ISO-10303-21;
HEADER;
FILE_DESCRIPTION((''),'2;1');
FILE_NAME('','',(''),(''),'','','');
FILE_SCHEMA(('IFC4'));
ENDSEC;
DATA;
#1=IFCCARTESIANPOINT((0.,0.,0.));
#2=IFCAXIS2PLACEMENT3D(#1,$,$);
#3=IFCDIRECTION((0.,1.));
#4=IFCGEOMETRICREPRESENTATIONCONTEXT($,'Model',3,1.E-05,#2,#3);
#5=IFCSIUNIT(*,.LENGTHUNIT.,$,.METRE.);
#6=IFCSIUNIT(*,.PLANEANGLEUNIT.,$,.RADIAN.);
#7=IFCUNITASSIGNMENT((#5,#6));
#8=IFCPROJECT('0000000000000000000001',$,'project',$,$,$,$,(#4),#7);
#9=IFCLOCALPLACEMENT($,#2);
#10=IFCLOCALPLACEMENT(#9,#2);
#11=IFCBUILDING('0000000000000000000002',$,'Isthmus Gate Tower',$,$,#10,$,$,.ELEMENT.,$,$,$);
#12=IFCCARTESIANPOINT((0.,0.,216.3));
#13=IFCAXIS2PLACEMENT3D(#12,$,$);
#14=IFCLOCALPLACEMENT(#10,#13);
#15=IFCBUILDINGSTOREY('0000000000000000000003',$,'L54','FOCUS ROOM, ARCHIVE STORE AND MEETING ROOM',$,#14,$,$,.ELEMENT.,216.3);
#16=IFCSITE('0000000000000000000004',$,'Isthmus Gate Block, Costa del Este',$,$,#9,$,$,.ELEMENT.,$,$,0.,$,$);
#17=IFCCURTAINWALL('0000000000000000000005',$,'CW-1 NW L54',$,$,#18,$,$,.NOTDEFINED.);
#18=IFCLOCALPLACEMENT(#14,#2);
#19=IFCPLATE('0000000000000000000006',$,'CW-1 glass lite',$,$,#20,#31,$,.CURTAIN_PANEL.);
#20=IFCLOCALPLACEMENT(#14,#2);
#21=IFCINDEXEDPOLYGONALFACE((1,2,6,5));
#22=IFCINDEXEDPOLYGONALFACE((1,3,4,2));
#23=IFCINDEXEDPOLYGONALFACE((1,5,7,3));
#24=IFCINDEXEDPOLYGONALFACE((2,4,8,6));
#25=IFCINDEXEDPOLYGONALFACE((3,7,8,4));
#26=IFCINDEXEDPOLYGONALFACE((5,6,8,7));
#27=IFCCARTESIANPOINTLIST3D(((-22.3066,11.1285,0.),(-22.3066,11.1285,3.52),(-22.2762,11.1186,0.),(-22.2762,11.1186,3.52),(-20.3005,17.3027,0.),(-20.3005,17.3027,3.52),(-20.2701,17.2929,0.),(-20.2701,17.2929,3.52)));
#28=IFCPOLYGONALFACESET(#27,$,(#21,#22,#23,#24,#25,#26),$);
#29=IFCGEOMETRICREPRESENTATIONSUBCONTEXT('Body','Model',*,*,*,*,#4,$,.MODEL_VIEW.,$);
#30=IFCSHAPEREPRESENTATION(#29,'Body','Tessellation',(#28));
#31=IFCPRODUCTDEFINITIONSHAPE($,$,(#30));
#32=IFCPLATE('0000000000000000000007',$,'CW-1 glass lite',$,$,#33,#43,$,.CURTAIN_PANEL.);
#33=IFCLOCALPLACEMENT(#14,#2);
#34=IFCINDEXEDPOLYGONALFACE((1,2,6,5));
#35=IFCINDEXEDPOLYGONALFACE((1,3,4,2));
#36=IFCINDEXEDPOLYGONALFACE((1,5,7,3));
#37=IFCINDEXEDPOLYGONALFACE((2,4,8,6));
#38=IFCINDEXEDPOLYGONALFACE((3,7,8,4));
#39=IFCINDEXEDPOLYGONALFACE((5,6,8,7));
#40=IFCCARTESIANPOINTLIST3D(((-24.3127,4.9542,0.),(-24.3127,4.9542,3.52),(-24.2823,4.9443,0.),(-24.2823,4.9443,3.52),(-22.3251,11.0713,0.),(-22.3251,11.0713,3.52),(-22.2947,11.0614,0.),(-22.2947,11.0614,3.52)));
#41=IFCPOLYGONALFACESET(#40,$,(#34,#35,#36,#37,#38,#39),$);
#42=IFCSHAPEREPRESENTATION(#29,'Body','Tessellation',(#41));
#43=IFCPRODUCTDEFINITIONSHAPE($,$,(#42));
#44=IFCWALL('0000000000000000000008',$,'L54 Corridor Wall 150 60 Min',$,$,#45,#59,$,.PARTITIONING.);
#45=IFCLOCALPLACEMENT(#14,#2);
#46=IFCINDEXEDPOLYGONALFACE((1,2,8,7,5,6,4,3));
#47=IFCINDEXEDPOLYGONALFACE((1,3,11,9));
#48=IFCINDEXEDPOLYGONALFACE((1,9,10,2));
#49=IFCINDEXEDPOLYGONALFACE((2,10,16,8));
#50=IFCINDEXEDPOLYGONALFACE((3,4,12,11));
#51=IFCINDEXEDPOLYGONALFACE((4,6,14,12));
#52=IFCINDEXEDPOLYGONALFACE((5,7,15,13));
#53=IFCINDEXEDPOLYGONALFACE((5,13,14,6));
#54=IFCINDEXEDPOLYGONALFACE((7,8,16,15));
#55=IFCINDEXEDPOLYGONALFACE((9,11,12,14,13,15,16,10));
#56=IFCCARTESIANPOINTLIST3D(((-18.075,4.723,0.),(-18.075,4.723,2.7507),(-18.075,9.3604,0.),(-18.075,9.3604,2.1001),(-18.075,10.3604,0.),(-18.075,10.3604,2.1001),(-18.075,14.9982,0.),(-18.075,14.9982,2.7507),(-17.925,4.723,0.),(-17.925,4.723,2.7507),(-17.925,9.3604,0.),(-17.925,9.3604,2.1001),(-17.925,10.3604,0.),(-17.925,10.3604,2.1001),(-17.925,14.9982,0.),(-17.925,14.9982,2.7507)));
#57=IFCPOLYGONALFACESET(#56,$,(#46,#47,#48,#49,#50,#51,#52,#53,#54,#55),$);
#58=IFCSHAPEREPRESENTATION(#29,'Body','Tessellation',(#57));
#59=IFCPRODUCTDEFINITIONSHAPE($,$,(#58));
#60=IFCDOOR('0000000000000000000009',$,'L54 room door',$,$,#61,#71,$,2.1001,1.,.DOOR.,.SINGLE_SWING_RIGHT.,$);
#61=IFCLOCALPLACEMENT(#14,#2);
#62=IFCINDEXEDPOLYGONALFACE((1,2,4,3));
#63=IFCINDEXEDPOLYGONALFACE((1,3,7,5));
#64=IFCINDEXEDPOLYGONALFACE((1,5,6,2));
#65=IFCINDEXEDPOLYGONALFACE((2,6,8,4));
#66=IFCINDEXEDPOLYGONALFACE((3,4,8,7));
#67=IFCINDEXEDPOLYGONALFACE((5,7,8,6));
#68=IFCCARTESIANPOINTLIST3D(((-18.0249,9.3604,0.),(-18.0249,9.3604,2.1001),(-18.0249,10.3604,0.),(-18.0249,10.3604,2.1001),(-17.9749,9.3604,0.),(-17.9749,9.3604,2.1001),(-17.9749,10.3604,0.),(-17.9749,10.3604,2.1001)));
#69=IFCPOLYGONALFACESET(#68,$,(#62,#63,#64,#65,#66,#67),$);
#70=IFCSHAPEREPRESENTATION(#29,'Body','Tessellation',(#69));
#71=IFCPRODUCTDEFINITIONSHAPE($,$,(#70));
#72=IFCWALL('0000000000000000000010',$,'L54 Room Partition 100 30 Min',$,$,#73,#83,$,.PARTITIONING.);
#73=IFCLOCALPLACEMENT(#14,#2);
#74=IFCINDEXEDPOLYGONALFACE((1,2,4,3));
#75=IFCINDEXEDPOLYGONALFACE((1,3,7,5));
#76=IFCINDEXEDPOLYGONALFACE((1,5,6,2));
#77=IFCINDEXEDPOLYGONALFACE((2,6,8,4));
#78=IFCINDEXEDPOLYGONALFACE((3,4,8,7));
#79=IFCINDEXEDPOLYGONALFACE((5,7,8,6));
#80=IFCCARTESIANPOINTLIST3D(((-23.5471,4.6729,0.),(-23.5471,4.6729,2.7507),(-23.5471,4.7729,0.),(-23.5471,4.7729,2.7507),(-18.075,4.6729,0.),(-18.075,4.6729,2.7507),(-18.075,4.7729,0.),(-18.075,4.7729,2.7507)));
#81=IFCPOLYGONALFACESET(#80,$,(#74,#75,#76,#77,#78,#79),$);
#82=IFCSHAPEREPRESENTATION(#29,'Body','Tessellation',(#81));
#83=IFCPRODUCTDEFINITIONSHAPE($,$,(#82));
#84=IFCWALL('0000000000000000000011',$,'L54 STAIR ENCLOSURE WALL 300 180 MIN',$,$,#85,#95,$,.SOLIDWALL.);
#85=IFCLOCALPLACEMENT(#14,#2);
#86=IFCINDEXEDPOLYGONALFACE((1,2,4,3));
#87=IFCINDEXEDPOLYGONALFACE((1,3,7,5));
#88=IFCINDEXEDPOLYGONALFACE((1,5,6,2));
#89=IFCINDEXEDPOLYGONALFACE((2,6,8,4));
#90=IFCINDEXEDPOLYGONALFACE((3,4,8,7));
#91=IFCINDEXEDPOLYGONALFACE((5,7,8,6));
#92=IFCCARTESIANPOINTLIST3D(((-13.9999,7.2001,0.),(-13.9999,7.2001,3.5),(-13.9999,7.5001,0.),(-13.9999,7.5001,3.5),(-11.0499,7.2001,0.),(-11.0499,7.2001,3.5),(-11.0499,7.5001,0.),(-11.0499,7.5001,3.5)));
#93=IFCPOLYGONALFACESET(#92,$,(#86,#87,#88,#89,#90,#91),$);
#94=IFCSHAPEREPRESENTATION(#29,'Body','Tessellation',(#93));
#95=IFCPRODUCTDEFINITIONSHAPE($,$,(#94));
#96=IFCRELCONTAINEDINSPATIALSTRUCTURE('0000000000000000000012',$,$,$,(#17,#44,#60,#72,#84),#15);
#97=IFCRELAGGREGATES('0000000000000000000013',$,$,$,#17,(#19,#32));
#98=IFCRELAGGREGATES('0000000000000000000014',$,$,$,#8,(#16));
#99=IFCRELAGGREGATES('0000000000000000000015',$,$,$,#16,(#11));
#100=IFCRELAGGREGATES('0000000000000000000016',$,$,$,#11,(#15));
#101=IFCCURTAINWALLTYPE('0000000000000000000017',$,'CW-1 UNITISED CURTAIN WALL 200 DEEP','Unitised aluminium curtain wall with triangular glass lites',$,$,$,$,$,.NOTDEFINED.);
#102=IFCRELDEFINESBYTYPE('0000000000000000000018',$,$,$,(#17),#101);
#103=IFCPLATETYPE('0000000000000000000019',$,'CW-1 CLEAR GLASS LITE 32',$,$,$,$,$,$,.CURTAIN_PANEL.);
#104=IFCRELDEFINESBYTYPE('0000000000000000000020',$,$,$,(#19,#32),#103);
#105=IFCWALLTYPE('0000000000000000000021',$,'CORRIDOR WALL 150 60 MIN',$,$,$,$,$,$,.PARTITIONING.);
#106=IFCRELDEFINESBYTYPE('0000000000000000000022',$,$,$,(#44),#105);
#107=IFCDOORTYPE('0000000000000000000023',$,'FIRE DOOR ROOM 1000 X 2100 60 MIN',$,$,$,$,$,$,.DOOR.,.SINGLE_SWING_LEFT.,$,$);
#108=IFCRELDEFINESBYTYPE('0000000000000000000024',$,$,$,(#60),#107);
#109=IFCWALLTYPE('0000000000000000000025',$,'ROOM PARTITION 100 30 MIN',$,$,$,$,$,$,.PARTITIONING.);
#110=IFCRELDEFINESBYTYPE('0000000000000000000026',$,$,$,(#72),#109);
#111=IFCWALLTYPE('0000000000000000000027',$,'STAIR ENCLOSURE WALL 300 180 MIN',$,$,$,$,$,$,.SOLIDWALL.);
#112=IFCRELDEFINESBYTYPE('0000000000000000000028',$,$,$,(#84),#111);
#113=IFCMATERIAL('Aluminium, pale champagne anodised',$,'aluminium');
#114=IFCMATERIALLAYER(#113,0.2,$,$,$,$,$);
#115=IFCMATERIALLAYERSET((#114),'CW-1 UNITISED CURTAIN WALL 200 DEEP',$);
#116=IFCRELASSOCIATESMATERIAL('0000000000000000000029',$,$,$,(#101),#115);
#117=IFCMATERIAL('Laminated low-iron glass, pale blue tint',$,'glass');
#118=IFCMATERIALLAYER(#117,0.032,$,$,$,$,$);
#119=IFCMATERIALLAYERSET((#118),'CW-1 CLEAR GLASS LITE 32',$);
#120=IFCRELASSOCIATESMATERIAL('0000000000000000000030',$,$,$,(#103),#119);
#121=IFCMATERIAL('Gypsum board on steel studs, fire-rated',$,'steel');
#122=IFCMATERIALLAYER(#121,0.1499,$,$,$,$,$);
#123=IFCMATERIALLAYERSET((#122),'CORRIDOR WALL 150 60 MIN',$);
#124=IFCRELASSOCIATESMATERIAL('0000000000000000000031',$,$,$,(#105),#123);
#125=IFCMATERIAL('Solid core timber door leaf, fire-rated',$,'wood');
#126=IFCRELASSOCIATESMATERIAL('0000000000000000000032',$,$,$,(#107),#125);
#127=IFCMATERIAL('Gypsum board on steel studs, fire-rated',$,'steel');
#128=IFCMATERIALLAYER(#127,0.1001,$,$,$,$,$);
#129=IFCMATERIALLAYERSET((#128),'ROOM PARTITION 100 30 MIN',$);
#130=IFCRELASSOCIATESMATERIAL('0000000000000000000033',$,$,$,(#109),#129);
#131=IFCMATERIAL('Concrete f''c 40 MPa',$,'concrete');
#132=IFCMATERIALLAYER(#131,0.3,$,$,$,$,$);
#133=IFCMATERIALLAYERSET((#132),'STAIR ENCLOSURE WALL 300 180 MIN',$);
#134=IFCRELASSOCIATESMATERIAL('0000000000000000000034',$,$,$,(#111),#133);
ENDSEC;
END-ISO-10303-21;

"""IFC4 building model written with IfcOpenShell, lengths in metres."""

from ifc_helpers import new_model, si_unit, direction, frame, frame_2d, origin, origin_2d, place, context, subcontext, project, spatial, rectangle, extrude, material, layer, layer_set, type_object, element, fill, aggregate, save


model = new_model("IFC4")

# Units and contexts
model_context = context("Model", 3, precision=1e-05, world=origin(), true_north=direction((0.0, 1.0)))
body_context = subcontext(model_context, "Body", "Model", "MODEL_VIEW")
ifc_project = project(units=[si_unit("LENGTHUNIT", "METRE"), si_unit("PLANEANGLEUNIT", "RADIAN")], contexts=[model_context])

# Site, building, storey
site_placement = place(None, origin())
site = spatial("IfcSite", under=ifc_project, at=site_placement, Name="Isthmus Gate Block, Costa del Este", CompositionType="ELEMENT", RefElevation=0.0)
building_placement = place(site_placement, origin())
building = spatial("IfcBuilding", under=site, at=building_placement, Name="Isthmus Gate Tower", CompositionType="ELEMENT")
storey_placement = place(building_placement, frame((0.0, 0.0, 216.3)))
storey = spatial("IfcBuildingStorey", under=building, at=storey_placement, Name="L54", Description="FOCUS ROOM, ARCHIVE STORE AND MEETING ROOM", CompositionType="ELEMENT", Elevation=216.3)

# Curtain wall
ifc_material_1 = material(Name="Aluminium, pale champagne anodised", Category="aluminium")
ifc_layer_1 = layer(ifc_material_1, 0.2)
ifc_layer_set_1 = layer_set([ifc_layer_1], Name="CW-1 UNITISED CURTAIN WALL 200 DEEP")
curtain_wall_type = type_object("IfcCurtainWallType", Name="CW-1 UNITISED CURTAIN WALL 200 DEEP", Description="Unitised aluminium curtain wall with triangular glass lites", PredefinedType="NOTDEFINED", material=ifc_layer_set_1)
curtain_wall_placement = place(storey_placement, origin())
curtain_wall = element("IfcCurtainWall", 1, at=curtain_wall_placement, inside=storey, type_object=curtain_wall_type, Name="CW-1 NW L54", PredefinedType="NOTDEFINED")

# Plates
ifc_material_2 = material(Name="Laminated low-iron glass, pale blue tint", Category="glass")
ifc_layer_2 = layer(ifc_material_2, 0.032)
ifc_layer_set_2 = layer_set([ifc_layer_2], Name="CW-1 CLEAR GLASS LITE 32")
plate_type = type_object("IfcPlateType", Name="CW-1 CLEAR GLASS LITE 32", PredefinedType="CURTAIN_PANEL", material=ifc_layer_set_2)
plate_1_placement = place(storey_placement, frame((-21.2883, 14.2107, 0.0), z_axis=(0.0, 0.0, 1.0), x_axis=(-0.309017, -0.951057, 0.0)))
plate_1 = element("IfcPlate", 2, at=plate_1_placement, type_object=plate_type, Name="CW-1 glass lite", PredefinedType="CURTAIN_PANEL", context=body_context, shape_type="SweptSolid", body=[
    extrude(rectangle(XDim=6.4919, YDim=0.032, at=origin_2d()), origin(), (0.0, 0.0, 1.0), 3.52),
])
plate_2_placement = place(storey_placement, frame((-23.3037, 8.0078, 0.0), z_axis=(0.0, 0.0, 1.0), x_axis=(-0.309017, -0.951057, 0.0)))
plate_2 = element("IfcPlate", 3, at=plate_2_placement, type_object=plate_type, Name="CW-1 glass lite", PredefinedType="CURTAIN_PANEL", context=body_context, shape_type="SweptSolid", body=[
    extrude(rectangle(XDim=6.4319, YDim=0.032, at=origin_2d()), origin(), (0.0, 0.0, 1.0), 3.52),
])
aggregate(curtain_wall, [plate_1, plate_2])

# Wall, opening, door
ifc_material_3 = material(Name="Gypsum board on steel studs, fire-rated", Category="steel")
ifc_layer_3 = layer(ifc_material_3, 0.1499)
ifc_layer_set_3 = layer_set([ifc_layer_3], Name="CORRIDOR WALL 150 60 MIN")
wall_type_1 = type_object("IfcWallType", Name="CORRIDOR WALL 150 60 MIN", PredefinedType="PARTITIONING", material=ifc_layer_set_3)
wall_1_placement = place(storey_placement, frame((-18.0, 4.7229, 0.0), z_axis=(0.0, 0.0, 1.0), x_axis=(0.0, 1.0, 0.0)))
wall_1 = element("IfcWall", 4, at=wall_1_placement, inside=storey, type_object=wall_type_1, Name="L54 Corridor Wall 150 60 Min", PredefinedType="PARTITIONING", context=body_context, shape_type="SweptSolid", body=[
    extrude(rectangle(XDim=10.2751, YDim=0.1499, at=frame_2d((5.1377, 0.0))), origin(), (0.0, 0.0, 1.0), 2.7507),
])
opening_placement = place(wall_1_placement, frame((4.6375, 0.0, 0.0)))
opening = element("IfcOpeningElement", 5, at=opening_placement, cuts=wall_1, PredefinedType="OPENING", context=body_context, shape_type="SweptSolid", body=[
    extrude(rectangle(XDim=1.0, YDim=2.1001, at=frame_2d((0.5, 1.05))), frame((0.0, 0.085, 0.0), z_axis=(0.0, -1.0, 0.0), x_axis=(1.0, 0.0, 0.0)), (0.0, 0.0, 1.0), 0.1699),
])
ifc_material_4 = material(Name="Solid core timber door leaf, fire-rated", Category="wood")
door_type = type_object("IfcDoorType", Name="FIRE DOOR ROOM 1000 X 2100 60 MIN", OperationType="SINGLE_SWING_LEFT", PredefinedType="DOOR", material=ifc_material_4)
door_placement = place(opening_placement, origin())
door = element("IfcDoor", 6, at=door_placement, inside=storey, type_object=door_type, Name="L54 room door", OperationType="SINGLE_SWING_RIGHT", OverallHeight=2.1001, OverallWidth=1.0, PredefinedType="DOOR", context=body_context, shape_type="SweptSolid", body=[
    extrude(rectangle(XDim=1.0, YDim=2.1001, at=frame_2d((0.5, 1.05))), frame((0.0, 0.0249, 0.0), z_axis=(0.0, -1.0, 0.0), x_axis=(1.0, 0.0, 0.0)), (0.0, 0.0, 1.0), 0.05),
])
fill(opening, door)

# Walls
ifc_material_5 = material(Name="Gypsum board on steel studs, fire-rated", Category="steel")
ifc_layer_4 = layer(ifc_material_5, 0.1001)
ifc_layer_set_4 = layer_set([ifc_layer_4], Name="ROOM PARTITION 100 30 MIN")
wall_type_2 = type_object("IfcWallType", Name="ROOM PARTITION 100 30 MIN", PredefinedType="PARTITIONING", material=ifc_layer_set_4)
wall_2_placement = place(storey_placement, frame((-23.5471, 4.7229, 0.0), z_axis=(0.0, 0.0, 1.0), x_axis=(1.0, 0.0, 0.0)))
element("IfcWall", 7, at=wall_2_placement, inside=storey, type_object=wall_type_2, Name="L54 Room Partition 100 30 Min", PredefinedType="PARTITIONING", context=body_context, shape_type="SweptSolid", body=[
    extrude(rectangle(XDim=5.4722, YDim=0.1001, at=frame_2d((2.7361, 0.0))), origin(), (0.0, 0.0, 1.0), 2.7507),
])
ifc_material_6 = material(Name="Concrete f'c 40 MPa", Category="concrete")
ifc_layer_5 = layer(ifc_material_6, 0.3)
ifc_layer_set_5 = layer_set([ifc_layer_5], Name="STAIR ENCLOSURE WALL 300 180 MIN")
wall_type_3 = type_object("IfcWallType", Name="STAIR ENCLOSURE WALL 300 180 MIN", PredefinedType="SOLIDWALL", material=ifc_layer_set_5)
wall_3_placement = place(storey_placement, frame((-14.0, 7.3501, 0.0), z_axis=(0.0, 0.0, 1.0), x_axis=(1.0, 0.0, 0.0)))
element("IfcWall", 8, at=wall_3_placement, inside=storey, type_object=wall_type_3, Name="L54 STAIR ENCLOSURE WALL 300 180 MIN", PredefinedType="SOLIDWALL", context=body_context, shape_type="SweptSolid", body=[
    extrude(rectangle(XDim=2.95, YDim=0.3, at=frame_2d((1.4751, 0.0))), origin(), (0.0, 0.0, 1.0), 3.5),
])

save(model, "model.ifc")
